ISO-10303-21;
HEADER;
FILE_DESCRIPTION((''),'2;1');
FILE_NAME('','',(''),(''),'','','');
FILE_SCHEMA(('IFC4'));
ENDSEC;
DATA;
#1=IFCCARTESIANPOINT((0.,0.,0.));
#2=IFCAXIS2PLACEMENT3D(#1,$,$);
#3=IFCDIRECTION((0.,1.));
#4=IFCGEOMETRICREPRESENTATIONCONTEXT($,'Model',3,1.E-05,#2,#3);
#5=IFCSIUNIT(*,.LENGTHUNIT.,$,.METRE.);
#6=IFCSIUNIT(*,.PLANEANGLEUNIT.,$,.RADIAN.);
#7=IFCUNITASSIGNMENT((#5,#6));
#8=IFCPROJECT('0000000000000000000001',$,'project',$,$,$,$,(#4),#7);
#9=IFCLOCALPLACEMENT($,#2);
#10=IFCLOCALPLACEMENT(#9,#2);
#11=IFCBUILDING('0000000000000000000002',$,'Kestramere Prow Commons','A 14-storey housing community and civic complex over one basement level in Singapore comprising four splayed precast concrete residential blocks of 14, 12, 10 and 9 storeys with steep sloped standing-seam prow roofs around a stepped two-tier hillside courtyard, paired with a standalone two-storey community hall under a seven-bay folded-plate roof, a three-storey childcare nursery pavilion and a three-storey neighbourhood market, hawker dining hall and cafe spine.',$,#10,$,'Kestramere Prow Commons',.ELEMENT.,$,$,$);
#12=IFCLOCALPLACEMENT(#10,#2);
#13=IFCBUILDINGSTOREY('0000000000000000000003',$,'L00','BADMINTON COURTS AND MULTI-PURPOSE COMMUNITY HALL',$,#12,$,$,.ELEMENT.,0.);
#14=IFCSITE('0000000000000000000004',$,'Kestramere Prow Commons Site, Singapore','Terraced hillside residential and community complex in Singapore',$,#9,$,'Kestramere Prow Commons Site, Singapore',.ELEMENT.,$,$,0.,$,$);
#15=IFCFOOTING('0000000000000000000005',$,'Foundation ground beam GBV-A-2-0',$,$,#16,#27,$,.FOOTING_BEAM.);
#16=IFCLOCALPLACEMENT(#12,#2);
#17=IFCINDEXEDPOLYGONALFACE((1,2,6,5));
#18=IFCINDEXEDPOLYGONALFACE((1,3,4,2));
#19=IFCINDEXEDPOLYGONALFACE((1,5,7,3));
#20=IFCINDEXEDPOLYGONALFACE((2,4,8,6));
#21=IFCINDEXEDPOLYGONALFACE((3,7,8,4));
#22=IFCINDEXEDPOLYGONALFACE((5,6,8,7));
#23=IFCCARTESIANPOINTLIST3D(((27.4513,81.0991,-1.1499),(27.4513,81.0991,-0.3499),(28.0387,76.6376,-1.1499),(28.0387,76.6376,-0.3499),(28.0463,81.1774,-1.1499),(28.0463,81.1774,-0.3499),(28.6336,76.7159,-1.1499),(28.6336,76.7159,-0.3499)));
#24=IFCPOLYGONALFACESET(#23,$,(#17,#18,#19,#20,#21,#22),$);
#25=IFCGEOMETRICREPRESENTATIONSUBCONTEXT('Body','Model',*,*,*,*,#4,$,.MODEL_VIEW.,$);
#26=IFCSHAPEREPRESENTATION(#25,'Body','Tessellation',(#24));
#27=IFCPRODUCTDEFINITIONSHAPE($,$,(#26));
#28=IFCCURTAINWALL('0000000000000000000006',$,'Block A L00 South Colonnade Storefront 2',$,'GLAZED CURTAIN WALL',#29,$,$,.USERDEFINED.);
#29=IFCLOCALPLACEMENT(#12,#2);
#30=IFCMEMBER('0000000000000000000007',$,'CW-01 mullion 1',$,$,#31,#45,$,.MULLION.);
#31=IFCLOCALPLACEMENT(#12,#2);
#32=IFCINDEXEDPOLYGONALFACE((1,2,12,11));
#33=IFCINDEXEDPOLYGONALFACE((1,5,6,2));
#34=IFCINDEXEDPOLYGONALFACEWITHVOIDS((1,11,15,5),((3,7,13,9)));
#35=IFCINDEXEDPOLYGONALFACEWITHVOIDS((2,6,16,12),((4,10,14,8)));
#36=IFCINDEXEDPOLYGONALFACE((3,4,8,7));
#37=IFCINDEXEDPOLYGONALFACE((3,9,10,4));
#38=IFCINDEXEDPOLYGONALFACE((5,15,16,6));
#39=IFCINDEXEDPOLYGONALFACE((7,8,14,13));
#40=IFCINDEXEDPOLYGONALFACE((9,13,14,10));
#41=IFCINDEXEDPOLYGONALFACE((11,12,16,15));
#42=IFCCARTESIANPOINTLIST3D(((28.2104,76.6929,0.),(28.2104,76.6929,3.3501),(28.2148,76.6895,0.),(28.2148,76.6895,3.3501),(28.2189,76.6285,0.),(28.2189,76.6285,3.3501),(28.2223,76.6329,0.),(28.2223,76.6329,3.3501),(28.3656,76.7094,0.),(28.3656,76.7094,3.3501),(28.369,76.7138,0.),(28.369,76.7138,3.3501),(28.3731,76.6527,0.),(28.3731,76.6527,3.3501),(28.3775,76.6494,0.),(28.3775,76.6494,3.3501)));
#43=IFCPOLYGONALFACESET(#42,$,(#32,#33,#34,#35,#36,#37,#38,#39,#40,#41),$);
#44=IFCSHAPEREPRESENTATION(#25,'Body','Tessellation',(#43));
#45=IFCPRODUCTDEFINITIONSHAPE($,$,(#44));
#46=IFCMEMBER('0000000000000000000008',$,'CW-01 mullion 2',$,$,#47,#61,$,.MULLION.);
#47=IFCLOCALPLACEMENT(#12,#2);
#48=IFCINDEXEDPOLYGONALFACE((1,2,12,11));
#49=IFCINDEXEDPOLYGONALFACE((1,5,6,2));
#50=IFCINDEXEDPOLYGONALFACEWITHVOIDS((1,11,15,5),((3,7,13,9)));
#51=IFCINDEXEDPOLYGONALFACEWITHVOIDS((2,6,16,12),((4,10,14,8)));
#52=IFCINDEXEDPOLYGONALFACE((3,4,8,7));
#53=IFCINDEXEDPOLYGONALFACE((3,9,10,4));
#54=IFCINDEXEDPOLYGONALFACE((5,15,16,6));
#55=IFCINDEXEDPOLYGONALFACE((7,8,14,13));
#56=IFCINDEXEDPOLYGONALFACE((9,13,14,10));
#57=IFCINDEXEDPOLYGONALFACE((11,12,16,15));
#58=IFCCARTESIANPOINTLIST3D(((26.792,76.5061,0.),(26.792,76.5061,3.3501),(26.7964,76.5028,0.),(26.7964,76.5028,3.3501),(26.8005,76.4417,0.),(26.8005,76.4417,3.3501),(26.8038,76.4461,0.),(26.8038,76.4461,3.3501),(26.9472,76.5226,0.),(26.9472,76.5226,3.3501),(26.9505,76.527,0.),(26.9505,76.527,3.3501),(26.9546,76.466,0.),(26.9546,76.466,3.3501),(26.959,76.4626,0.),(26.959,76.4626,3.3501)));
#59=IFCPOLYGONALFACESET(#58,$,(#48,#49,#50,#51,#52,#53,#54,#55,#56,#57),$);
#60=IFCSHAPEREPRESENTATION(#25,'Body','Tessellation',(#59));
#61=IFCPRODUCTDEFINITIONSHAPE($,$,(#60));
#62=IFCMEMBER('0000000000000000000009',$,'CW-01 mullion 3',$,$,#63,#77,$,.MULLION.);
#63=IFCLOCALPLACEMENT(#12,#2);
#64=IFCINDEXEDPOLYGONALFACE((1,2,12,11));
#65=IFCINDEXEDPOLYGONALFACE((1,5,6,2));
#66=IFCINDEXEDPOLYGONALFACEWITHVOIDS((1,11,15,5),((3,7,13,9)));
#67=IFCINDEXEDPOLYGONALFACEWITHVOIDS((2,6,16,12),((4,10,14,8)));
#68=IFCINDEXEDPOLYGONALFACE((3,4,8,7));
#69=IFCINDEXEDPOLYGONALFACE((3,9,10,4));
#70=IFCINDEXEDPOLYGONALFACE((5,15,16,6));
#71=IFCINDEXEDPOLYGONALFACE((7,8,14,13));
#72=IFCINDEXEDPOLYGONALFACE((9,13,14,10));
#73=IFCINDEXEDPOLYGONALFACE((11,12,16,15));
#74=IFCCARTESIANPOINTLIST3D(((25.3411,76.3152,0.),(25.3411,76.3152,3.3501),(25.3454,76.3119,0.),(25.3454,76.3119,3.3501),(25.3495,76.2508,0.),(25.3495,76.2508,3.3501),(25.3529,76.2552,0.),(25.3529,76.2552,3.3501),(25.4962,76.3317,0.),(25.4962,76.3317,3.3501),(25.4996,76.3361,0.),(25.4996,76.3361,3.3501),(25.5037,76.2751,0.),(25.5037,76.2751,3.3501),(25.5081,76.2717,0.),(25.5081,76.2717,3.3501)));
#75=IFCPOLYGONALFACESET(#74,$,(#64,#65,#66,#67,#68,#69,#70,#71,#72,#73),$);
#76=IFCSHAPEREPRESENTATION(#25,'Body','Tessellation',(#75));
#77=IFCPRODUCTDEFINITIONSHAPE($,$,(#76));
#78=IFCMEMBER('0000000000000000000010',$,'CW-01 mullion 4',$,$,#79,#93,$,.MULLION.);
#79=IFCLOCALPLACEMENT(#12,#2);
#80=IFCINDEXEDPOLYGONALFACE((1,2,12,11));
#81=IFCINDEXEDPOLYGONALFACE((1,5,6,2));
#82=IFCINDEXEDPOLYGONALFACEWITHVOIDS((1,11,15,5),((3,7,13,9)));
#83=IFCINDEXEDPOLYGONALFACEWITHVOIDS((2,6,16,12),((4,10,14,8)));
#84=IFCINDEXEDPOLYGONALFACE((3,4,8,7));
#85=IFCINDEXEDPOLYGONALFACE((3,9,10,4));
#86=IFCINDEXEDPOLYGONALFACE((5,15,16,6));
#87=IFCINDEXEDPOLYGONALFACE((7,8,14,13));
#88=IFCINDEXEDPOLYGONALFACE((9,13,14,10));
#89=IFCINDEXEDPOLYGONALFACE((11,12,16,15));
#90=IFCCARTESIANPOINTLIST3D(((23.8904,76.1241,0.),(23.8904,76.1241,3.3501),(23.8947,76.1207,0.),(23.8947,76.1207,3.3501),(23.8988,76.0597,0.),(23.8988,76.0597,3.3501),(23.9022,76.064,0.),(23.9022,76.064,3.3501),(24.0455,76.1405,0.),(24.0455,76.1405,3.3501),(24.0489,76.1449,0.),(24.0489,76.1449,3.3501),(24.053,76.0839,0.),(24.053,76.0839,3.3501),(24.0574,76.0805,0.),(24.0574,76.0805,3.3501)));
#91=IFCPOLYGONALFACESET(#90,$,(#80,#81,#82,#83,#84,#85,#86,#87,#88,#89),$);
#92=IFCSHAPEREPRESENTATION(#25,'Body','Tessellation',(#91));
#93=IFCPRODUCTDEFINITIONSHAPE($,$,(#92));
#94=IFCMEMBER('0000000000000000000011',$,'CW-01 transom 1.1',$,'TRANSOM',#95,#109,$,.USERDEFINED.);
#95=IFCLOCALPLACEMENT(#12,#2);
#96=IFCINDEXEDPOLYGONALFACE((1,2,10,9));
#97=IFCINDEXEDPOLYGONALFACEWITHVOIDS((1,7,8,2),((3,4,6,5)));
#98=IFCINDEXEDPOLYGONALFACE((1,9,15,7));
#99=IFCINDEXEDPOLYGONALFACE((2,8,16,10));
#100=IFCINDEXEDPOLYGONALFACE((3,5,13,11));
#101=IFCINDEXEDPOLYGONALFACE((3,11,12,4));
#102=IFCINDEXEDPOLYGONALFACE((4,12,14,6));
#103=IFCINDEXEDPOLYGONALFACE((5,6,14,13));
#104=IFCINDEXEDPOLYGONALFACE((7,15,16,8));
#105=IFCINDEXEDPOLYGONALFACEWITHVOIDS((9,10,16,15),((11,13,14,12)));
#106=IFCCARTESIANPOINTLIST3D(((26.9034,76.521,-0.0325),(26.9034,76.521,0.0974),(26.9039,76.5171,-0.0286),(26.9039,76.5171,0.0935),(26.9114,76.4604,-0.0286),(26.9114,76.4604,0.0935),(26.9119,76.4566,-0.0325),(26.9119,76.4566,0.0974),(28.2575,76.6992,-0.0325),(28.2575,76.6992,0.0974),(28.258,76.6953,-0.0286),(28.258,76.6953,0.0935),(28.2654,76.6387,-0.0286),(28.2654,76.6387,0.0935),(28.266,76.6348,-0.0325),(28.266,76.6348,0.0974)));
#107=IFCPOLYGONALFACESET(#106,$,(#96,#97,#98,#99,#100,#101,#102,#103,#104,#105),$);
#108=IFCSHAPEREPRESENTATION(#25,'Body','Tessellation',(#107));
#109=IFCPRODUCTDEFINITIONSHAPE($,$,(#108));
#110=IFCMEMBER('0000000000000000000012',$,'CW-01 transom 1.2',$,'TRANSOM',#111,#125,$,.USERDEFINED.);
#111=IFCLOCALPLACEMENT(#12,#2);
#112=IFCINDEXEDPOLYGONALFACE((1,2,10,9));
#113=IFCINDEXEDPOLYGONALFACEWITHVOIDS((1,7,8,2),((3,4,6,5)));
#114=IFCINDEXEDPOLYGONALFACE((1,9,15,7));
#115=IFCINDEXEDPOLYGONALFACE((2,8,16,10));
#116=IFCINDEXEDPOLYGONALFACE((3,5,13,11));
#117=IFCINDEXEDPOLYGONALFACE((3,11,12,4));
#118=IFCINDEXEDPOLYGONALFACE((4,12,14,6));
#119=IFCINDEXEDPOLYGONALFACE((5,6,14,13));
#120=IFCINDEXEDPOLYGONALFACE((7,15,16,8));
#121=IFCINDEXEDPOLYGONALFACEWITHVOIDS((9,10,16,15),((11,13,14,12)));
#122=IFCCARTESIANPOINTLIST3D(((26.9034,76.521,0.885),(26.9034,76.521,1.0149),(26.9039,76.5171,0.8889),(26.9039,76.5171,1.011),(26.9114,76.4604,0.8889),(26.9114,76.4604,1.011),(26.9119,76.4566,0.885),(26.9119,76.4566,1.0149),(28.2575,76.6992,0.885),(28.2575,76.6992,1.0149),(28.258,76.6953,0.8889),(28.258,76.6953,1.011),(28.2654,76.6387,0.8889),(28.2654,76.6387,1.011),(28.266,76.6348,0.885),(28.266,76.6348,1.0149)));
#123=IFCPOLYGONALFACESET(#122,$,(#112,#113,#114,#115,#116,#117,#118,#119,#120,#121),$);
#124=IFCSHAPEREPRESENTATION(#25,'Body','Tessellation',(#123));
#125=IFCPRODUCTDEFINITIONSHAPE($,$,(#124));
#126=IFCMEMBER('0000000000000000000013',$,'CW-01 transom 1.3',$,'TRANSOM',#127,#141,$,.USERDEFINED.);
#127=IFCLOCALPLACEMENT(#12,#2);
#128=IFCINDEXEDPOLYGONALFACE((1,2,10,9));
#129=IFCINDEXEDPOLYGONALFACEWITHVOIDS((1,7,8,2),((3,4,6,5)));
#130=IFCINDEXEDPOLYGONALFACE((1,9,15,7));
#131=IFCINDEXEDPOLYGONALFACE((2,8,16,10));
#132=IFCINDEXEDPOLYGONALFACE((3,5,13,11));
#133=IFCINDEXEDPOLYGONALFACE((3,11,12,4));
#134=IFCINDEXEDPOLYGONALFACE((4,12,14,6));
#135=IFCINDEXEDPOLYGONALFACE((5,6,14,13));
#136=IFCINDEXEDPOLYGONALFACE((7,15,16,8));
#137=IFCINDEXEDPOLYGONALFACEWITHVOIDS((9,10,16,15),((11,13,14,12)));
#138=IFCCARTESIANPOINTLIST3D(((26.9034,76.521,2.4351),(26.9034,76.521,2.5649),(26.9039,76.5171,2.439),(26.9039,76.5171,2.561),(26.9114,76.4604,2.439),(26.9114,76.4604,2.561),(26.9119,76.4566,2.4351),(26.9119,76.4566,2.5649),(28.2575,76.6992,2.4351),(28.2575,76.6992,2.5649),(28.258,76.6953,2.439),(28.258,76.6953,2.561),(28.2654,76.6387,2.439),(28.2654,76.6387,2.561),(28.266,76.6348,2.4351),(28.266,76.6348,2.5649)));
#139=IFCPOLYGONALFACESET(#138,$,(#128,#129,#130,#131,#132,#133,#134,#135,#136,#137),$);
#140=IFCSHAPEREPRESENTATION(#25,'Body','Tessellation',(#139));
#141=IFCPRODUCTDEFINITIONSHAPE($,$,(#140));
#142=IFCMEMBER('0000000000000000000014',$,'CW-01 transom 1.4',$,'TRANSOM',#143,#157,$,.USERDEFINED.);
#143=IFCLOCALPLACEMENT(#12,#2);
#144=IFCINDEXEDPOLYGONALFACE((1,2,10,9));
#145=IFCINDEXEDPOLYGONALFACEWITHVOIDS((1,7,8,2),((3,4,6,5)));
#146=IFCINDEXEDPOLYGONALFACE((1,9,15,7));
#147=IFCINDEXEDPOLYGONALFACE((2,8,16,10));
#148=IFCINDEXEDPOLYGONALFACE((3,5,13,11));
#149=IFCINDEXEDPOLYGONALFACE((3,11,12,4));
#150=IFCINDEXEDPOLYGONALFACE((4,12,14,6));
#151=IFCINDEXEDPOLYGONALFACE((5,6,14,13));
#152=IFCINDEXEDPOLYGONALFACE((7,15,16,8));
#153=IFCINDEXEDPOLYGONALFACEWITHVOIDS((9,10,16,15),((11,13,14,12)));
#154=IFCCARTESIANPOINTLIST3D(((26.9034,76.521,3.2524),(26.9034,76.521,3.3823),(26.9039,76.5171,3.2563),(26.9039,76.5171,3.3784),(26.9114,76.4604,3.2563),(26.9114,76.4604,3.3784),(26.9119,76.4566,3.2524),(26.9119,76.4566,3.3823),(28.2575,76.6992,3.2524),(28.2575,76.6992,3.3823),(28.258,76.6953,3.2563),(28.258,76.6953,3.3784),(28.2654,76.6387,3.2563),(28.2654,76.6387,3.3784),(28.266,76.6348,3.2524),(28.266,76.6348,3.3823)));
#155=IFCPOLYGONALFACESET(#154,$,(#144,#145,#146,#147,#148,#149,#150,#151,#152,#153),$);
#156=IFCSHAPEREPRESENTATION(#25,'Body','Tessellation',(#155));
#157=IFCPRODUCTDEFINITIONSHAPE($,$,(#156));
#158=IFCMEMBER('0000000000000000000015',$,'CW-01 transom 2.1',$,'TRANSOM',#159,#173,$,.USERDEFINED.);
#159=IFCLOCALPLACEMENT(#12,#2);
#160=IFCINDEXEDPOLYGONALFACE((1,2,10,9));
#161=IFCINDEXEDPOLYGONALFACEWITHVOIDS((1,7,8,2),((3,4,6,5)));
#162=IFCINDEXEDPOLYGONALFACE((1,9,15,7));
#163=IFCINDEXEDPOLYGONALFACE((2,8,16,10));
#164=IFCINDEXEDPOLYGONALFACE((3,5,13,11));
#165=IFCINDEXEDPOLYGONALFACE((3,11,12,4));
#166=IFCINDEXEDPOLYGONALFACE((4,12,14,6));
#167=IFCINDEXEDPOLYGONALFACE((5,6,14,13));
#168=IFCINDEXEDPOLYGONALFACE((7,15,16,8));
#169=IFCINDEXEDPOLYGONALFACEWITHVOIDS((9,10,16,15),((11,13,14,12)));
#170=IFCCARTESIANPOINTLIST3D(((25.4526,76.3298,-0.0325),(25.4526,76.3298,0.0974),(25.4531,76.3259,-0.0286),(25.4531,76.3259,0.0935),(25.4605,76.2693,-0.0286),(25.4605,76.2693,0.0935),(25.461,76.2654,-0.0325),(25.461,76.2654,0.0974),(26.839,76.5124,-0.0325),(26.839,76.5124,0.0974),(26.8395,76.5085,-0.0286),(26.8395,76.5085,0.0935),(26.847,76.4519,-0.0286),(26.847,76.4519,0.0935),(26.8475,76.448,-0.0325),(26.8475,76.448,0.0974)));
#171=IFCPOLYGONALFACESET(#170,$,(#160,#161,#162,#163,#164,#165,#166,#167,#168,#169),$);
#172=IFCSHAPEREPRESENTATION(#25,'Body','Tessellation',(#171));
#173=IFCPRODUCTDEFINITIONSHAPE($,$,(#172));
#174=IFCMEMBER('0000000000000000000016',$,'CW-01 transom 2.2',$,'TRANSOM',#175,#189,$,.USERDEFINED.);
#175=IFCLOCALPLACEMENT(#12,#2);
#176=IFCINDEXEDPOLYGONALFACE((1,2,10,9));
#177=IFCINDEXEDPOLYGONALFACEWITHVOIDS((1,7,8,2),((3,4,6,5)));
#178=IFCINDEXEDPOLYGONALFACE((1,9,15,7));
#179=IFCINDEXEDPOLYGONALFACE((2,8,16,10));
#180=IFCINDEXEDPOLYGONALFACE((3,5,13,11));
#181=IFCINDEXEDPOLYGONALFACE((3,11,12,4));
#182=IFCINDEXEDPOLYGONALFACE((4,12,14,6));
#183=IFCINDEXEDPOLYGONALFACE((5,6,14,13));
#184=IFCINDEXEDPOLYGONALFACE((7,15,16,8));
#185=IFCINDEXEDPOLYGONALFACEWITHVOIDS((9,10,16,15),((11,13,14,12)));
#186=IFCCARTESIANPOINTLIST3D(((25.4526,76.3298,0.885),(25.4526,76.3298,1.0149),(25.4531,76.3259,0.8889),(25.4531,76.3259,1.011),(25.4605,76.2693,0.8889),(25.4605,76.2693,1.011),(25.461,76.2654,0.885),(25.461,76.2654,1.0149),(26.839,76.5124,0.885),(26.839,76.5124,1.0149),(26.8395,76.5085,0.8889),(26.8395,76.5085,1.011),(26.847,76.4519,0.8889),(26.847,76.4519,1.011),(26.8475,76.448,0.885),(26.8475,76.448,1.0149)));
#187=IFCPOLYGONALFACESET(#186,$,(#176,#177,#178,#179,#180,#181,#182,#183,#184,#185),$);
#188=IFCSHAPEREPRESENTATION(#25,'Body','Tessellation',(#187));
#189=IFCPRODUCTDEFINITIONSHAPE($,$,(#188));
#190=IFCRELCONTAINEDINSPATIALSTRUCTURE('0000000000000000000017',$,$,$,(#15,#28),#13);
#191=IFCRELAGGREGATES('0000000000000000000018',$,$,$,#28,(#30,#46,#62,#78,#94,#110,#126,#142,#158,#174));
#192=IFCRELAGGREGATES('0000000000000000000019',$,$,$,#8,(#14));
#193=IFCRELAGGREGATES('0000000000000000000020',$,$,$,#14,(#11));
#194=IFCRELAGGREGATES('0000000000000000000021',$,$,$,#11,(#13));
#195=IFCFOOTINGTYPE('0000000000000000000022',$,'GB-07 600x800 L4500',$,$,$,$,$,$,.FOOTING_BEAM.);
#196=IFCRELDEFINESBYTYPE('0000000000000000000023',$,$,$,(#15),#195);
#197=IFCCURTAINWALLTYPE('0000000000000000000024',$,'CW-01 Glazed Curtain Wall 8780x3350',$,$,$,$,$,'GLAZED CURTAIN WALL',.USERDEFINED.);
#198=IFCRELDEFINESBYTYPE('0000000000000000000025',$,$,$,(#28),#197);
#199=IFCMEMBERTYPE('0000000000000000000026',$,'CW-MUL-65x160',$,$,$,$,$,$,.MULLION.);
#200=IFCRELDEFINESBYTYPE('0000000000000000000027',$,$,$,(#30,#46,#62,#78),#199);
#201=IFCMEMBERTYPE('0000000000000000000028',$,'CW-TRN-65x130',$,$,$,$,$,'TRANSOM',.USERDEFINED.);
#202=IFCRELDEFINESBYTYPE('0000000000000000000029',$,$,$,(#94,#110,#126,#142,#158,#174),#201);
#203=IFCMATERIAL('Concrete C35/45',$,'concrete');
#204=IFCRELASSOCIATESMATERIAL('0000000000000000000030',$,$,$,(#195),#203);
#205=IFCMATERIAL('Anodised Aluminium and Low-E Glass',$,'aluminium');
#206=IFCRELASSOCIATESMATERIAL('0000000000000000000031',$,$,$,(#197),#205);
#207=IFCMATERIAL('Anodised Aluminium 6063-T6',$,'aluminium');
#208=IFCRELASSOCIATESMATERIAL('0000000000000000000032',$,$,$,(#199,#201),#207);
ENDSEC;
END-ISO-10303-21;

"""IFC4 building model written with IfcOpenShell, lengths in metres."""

from ifc_helpers import new_model, si_unit, direction, frame, origin, origin_2d, place, context, subcontext, project, spatial, rectangle, hollow_rectangle, extrude, material, material_profile, profile_set, type_object, element, aggregate, save


model = new_model("IFC4")

# Units and contexts
model_context = context("Model", 3, precision=1e-05, world=origin(), true_north=direction((0.0, 1.0)))
body_context = subcontext(model_context, "Body", "Model", "MODEL_VIEW")
ifc_project = project(units=[si_unit("LENGTHUNIT", "METRE"), si_unit("PLANEANGLEUNIT", "RADIAN")], contexts=[model_context])

# Site, building, storey
site_placement = place(None, origin())
site = spatial("IfcSite", under=ifc_project, at=site_placement, Name="Kestramere Prow Commons Site, Singapore", Description="Terraced hillside residential and community complex in Singapore", LongName="Kestramere Prow Commons Site, Singapore", CompositionType="ELEMENT", RefElevation=0.0)
building_placement = place(site_placement, origin())
building = spatial("IfcBuilding", under=site, at=building_placement, Name="Kestramere Prow Commons", Description="A 14-storey housing community and civic complex over one basement level in Singapore comprising four splayed precast concrete residential blocks of 14, 12, 10 and 9 storeys with steep sloped standing-seam prow roofs around a stepped two-tier hillside courtyard, paired with a standalone two-storey community hall under a seven-bay folded-plate roof, a three-storey childcare nursery pavilion and a three-storey neighbourhood market, hawker dining hall and cafe spine.", LongName="Kestramere Prow Commons", CompositionType="ELEMENT")
storey_placement = place(building_placement, origin())
storey = spatial("IfcBuildingStorey", under=building, at=storey_placement, Name="L00", Description="BADMINTON COURTS AND MULTI-PURPOSE COMMUNITY HALL", CompositionType="ELEMENT", Elevation=0.0)

# Footing
ifc_material_1 = material(Name="Concrete C35/45", Category="concrete")
footing_type = type_object("IfcFootingType", Name="GB-07 600x800 L4500", PredefinedType="FOOTING_BEAM", material=ifc_material_1)
footing_placement = place(storey_placement, frame((28.0425, 78.9075, -1.1499), z_axis=(0.0, 0.0, 1.0), x_axis=(-0.130526, 0.991445, 0.0)))
element("IfcFooting", 1, at=footing_placement, inside=storey, type_object=footing_type, Name="Foundation ground beam GBV-A-2-0", PredefinedType="FOOTING_BEAM", context=body_context, shape_type="SweptSolid", body=[
    extrude(rectangle(XDim=4.5, YDim=0.6001, at=origin_2d()), origin(), (0.0, 0.0, 1.0), 0.8),
])

# Curtain wall, members
ifc_material_2 = material(Name="Anodised Aluminium and Low-E Glass", Category="aluminium")
curtain_wall_type = type_object("IfcCurtainWallType", Name="CW-01 Glazed Curtain Wall 8780x3350", ElementType="GLAZED CURTAIN WALL", PredefinedType="USERDEFINED", material=ifc_material_2)
curtain_wall_placement = place(storey_placement, origin())
curtain_wall = element("IfcCurtainWall", 2, at=curtain_wall_placement, inside=storey, type_object=curtain_wall_type, Name="Block A L00 South Colonnade Storefront 2", ObjectType="GLAZED CURTAIN WALL", PredefinedType="USERDEFINED")
ifc_material_3 = material(Name="Anodised Aluminium 6063-T6", Category="aluminium")
ifc_material_profile_1 = material_profile(ifc_material_3, hollow_rectangle(XDim=0.0649, YDim=0.1599, WallThickness=0.0039, at=origin_2d()), Name="ALU-MUL 65x160")
ifc_profile_set_1 = profile_set([ifc_material_profile_1], Name="Anodised Aluminium 6063-T6")
member_type_1 = type_object("IfcMemberType", Name="CW-MUL-65x160", PredefinedType="MULLION", material=ifc_profile_set_1)
member_1_placement = place(storey_placement, frame((28.2939, 76.6711, 0.0), z_axis=(0.0, 0.0, 1.0), x_axis=(0.130526, -0.991445, 0.0)))
member_1 = element("IfcMember", 3, at=member_1_placement, type_object=member_type_1, Name="CW-01 mullion 1", PredefinedType="MULLION", context=body_context, shape_type="SweptSolid", body=[
    extrude(hollow_rectangle(XDim=0.0649, YDim=0.1599, WallThickness=0.0039, at=origin_2d()), origin(), (0.0, 0.0, 1.0), 3.3501),
])
member_2_placement = place(storey_placement, frame((26.8755, 76.4844, 0.0), z_axis=(0.0, 0.0, 1.0), x_axis=(0.130526, -0.991445, 0.0)))
member_2 = element("IfcMember", 4, at=member_2_placement, type_object=member_type_1, Name="CW-01 mullion 2", PredefinedType="MULLION", context=body_context, shape_type="SweptSolid", body=[
    extrude(hollow_rectangle(XDim=0.0649, YDim=0.1599, WallThickness=0.0039, at=origin_2d()), origin(), (0.0, 0.0, 1.0), 3.3501),
])
member_3_placement = place(storey_placement, frame((25.4246, 76.2935, 0.0), z_axis=(0.0, 0.0, 1.0), x_axis=(0.130526, -0.991445, 0.0)))
member_3 = element("IfcMember", 5, at=member_3_placement, type_object=member_type_1, Name="CW-01 mullion 3", PredefinedType="MULLION", context=body_context, shape_type="SweptSolid", body=[
    extrude(hollow_rectangle(XDim=0.0649, YDim=0.1599, WallThickness=0.0039, at=origin_2d()), origin(), (0.0, 0.0, 1.0), 3.3501),
])
member_4_placement = place(storey_placement, frame((23.9739, 76.1023, 0.0), z_axis=(0.0, 0.0, 1.0), x_axis=(0.130526, -0.991445, 0.0)))
member_4 = element("IfcMember", 6, at=member_4_placement, type_object=member_type_1, Name="CW-01 mullion 4", PredefinedType="MULLION", context=body_context, shape_type="SweptSolid", body=[
    extrude(hollow_rectangle(XDim=0.0649, YDim=0.1599, WallThickness=0.0039, at=origin_2d()), origin(), (0.0, 0.0, 1.0), 3.3501),
])
ifc_material_profile_2 = material_profile(ifc_material_3, hollow_rectangle(XDim=0.0649, YDim=0.1299, WallThickness=0.0039, at=origin_2d()), Name="ALU-TRN 65x130")
ifc_profile_set_2 = profile_set([ifc_material_profile_2], Name="Anodised Aluminium 6063-T6")
member_type_2 = type_object("IfcMemberType", Name="CW-TRN-65x130", ElementType="TRANSOM", PredefinedType="USERDEFINED", material=ifc_profile_set_2)
member_5_placement = place(storey_placement, frame((28.2617, 76.667, 0.0325), z_axis=(-0.991448, -0.130501, 0.0), x_axis=(0.130501, -0.991448, 0.0)))
member_5 = element("IfcMember", 7, at=member_5_placement, type_object=member_type_2, Name="CW-01 transom 1.1", ObjectType="TRANSOM", PredefinedType="USERDEFINED", context=body_context, shape_type="SweptSolid", body=[
    extrude(hollow_rectangle(XDim=0.0649, YDim=0.1299, WallThickness=0.0039, at=origin_2d()), origin(), (0.0, 0.0, 1.0), 1.3657),
])
member_6_placement = place(storey_placement, frame((28.2617, 76.667, 0.95), z_axis=(-0.991448, -0.130501, 0.0), x_axis=(0.130501, -0.991448, 0.0)))
member_6 = element("IfcMember", 8, at=member_6_placement, type_object=member_type_2, Name="CW-01 transom 1.2", ObjectType="TRANSOM", PredefinedType="USERDEFINED", context=body_context, shape_type="SweptSolid", body=[
    extrude(hollow_rectangle(XDim=0.0649, YDim=0.1299, WallThickness=0.0039, at=origin_2d()), origin(), (0.0, 0.0, 1.0), 1.3657),
])
member_7_placement = place(storey_placement, frame((28.2617, 76.667, 2.5), z_axis=(-0.991448, -0.130501, 0.0), x_axis=(0.130501, -0.991448, 0.0)))
member_7 = element("IfcMember", 9, at=member_7_placement, type_object=member_type_2, Name="CW-01 transom 1.3", ObjectType="TRANSOM", PredefinedType="USERDEFINED", context=body_context, shape_type="SweptSolid", body=[
    extrude(hollow_rectangle(XDim=0.0649, YDim=0.1299, WallThickness=0.0039, at=origin_2d()), origin(), (0.0, 0.0, 1.0), 1.3657),
])
member_8_placement = place(storey_placement, frame((28.2617, 76.667, 3.3174), z_axis=(-0.991448, -0.130501, 0.0), x_axis=(0.130501, -0.991448, 0.0)))
member_8 = element("IfcMember", 10, at=member_8_placement, type_object=member_type_2, Name="CW-01 transom 1.4", ObjectType="TRANSOM", PredefinedType="USERDEFINED", context=body_context, shape_type="SweptSolid", body=[
    extrude(hollow_rectangle(XDim=0.0649, YDim=0.1299, WallThickness=0.0039, at=origin_2d()), origin(), (0.0, 0.0, 1.0), 1.3657),
])
member_9_placement = place(storey_placement, frame((26.8433, 76.4802, 0.0325), z_axis=(-0.991437, -0.130585, 0.0), x_axis=(0.130585, -0.991437, 0.0)))
member_9 = element("IfcMember", 11, at=member_9_placement, type_object=member_type_2, Name="CW-01 transom 2.1", ObjectType="TRANSOM", PredefinedType="USERDEFINED", context=body_context, shape_type="SweptSolid", body=[
    extrude(hollow_rectangle(XDim=0.0649, YDim=0.1299, WallThickness=0.0039, at=origin_2d()), origin(), (0.0, 0.0, 1.0), 1.3984),
])
member_10_placement = place(storey_placement, frame((26.8433, 76.4802, 0.95), z_axis=(-0.991437, -0.130585, 0.0), x_axis=(0.130585, -0.991437, 0.0)))
member_10 = element("IfcMember", 12, at=member_10_placement, type_object=member_type_2, Name="CW-01 transom 2.2", ObjectType="TRANSOM", PredefinedType="USERDEFINED", context=body_context, shape_type="SweptSolid", body=[
    extrude(hollow_rectangle(XDim=0.0649, YDim=0.1299, WallThickness=0.0039, at=origin_2d()), origin(), (0.0, 0.0, 1.0), 1.3984),
])
aggregate(curtain_wall, [member_1, member_2, member_3, member_4, member_5, member_6, member_7, member_8, member_9, member_10])

save(model, "model.ifc")
